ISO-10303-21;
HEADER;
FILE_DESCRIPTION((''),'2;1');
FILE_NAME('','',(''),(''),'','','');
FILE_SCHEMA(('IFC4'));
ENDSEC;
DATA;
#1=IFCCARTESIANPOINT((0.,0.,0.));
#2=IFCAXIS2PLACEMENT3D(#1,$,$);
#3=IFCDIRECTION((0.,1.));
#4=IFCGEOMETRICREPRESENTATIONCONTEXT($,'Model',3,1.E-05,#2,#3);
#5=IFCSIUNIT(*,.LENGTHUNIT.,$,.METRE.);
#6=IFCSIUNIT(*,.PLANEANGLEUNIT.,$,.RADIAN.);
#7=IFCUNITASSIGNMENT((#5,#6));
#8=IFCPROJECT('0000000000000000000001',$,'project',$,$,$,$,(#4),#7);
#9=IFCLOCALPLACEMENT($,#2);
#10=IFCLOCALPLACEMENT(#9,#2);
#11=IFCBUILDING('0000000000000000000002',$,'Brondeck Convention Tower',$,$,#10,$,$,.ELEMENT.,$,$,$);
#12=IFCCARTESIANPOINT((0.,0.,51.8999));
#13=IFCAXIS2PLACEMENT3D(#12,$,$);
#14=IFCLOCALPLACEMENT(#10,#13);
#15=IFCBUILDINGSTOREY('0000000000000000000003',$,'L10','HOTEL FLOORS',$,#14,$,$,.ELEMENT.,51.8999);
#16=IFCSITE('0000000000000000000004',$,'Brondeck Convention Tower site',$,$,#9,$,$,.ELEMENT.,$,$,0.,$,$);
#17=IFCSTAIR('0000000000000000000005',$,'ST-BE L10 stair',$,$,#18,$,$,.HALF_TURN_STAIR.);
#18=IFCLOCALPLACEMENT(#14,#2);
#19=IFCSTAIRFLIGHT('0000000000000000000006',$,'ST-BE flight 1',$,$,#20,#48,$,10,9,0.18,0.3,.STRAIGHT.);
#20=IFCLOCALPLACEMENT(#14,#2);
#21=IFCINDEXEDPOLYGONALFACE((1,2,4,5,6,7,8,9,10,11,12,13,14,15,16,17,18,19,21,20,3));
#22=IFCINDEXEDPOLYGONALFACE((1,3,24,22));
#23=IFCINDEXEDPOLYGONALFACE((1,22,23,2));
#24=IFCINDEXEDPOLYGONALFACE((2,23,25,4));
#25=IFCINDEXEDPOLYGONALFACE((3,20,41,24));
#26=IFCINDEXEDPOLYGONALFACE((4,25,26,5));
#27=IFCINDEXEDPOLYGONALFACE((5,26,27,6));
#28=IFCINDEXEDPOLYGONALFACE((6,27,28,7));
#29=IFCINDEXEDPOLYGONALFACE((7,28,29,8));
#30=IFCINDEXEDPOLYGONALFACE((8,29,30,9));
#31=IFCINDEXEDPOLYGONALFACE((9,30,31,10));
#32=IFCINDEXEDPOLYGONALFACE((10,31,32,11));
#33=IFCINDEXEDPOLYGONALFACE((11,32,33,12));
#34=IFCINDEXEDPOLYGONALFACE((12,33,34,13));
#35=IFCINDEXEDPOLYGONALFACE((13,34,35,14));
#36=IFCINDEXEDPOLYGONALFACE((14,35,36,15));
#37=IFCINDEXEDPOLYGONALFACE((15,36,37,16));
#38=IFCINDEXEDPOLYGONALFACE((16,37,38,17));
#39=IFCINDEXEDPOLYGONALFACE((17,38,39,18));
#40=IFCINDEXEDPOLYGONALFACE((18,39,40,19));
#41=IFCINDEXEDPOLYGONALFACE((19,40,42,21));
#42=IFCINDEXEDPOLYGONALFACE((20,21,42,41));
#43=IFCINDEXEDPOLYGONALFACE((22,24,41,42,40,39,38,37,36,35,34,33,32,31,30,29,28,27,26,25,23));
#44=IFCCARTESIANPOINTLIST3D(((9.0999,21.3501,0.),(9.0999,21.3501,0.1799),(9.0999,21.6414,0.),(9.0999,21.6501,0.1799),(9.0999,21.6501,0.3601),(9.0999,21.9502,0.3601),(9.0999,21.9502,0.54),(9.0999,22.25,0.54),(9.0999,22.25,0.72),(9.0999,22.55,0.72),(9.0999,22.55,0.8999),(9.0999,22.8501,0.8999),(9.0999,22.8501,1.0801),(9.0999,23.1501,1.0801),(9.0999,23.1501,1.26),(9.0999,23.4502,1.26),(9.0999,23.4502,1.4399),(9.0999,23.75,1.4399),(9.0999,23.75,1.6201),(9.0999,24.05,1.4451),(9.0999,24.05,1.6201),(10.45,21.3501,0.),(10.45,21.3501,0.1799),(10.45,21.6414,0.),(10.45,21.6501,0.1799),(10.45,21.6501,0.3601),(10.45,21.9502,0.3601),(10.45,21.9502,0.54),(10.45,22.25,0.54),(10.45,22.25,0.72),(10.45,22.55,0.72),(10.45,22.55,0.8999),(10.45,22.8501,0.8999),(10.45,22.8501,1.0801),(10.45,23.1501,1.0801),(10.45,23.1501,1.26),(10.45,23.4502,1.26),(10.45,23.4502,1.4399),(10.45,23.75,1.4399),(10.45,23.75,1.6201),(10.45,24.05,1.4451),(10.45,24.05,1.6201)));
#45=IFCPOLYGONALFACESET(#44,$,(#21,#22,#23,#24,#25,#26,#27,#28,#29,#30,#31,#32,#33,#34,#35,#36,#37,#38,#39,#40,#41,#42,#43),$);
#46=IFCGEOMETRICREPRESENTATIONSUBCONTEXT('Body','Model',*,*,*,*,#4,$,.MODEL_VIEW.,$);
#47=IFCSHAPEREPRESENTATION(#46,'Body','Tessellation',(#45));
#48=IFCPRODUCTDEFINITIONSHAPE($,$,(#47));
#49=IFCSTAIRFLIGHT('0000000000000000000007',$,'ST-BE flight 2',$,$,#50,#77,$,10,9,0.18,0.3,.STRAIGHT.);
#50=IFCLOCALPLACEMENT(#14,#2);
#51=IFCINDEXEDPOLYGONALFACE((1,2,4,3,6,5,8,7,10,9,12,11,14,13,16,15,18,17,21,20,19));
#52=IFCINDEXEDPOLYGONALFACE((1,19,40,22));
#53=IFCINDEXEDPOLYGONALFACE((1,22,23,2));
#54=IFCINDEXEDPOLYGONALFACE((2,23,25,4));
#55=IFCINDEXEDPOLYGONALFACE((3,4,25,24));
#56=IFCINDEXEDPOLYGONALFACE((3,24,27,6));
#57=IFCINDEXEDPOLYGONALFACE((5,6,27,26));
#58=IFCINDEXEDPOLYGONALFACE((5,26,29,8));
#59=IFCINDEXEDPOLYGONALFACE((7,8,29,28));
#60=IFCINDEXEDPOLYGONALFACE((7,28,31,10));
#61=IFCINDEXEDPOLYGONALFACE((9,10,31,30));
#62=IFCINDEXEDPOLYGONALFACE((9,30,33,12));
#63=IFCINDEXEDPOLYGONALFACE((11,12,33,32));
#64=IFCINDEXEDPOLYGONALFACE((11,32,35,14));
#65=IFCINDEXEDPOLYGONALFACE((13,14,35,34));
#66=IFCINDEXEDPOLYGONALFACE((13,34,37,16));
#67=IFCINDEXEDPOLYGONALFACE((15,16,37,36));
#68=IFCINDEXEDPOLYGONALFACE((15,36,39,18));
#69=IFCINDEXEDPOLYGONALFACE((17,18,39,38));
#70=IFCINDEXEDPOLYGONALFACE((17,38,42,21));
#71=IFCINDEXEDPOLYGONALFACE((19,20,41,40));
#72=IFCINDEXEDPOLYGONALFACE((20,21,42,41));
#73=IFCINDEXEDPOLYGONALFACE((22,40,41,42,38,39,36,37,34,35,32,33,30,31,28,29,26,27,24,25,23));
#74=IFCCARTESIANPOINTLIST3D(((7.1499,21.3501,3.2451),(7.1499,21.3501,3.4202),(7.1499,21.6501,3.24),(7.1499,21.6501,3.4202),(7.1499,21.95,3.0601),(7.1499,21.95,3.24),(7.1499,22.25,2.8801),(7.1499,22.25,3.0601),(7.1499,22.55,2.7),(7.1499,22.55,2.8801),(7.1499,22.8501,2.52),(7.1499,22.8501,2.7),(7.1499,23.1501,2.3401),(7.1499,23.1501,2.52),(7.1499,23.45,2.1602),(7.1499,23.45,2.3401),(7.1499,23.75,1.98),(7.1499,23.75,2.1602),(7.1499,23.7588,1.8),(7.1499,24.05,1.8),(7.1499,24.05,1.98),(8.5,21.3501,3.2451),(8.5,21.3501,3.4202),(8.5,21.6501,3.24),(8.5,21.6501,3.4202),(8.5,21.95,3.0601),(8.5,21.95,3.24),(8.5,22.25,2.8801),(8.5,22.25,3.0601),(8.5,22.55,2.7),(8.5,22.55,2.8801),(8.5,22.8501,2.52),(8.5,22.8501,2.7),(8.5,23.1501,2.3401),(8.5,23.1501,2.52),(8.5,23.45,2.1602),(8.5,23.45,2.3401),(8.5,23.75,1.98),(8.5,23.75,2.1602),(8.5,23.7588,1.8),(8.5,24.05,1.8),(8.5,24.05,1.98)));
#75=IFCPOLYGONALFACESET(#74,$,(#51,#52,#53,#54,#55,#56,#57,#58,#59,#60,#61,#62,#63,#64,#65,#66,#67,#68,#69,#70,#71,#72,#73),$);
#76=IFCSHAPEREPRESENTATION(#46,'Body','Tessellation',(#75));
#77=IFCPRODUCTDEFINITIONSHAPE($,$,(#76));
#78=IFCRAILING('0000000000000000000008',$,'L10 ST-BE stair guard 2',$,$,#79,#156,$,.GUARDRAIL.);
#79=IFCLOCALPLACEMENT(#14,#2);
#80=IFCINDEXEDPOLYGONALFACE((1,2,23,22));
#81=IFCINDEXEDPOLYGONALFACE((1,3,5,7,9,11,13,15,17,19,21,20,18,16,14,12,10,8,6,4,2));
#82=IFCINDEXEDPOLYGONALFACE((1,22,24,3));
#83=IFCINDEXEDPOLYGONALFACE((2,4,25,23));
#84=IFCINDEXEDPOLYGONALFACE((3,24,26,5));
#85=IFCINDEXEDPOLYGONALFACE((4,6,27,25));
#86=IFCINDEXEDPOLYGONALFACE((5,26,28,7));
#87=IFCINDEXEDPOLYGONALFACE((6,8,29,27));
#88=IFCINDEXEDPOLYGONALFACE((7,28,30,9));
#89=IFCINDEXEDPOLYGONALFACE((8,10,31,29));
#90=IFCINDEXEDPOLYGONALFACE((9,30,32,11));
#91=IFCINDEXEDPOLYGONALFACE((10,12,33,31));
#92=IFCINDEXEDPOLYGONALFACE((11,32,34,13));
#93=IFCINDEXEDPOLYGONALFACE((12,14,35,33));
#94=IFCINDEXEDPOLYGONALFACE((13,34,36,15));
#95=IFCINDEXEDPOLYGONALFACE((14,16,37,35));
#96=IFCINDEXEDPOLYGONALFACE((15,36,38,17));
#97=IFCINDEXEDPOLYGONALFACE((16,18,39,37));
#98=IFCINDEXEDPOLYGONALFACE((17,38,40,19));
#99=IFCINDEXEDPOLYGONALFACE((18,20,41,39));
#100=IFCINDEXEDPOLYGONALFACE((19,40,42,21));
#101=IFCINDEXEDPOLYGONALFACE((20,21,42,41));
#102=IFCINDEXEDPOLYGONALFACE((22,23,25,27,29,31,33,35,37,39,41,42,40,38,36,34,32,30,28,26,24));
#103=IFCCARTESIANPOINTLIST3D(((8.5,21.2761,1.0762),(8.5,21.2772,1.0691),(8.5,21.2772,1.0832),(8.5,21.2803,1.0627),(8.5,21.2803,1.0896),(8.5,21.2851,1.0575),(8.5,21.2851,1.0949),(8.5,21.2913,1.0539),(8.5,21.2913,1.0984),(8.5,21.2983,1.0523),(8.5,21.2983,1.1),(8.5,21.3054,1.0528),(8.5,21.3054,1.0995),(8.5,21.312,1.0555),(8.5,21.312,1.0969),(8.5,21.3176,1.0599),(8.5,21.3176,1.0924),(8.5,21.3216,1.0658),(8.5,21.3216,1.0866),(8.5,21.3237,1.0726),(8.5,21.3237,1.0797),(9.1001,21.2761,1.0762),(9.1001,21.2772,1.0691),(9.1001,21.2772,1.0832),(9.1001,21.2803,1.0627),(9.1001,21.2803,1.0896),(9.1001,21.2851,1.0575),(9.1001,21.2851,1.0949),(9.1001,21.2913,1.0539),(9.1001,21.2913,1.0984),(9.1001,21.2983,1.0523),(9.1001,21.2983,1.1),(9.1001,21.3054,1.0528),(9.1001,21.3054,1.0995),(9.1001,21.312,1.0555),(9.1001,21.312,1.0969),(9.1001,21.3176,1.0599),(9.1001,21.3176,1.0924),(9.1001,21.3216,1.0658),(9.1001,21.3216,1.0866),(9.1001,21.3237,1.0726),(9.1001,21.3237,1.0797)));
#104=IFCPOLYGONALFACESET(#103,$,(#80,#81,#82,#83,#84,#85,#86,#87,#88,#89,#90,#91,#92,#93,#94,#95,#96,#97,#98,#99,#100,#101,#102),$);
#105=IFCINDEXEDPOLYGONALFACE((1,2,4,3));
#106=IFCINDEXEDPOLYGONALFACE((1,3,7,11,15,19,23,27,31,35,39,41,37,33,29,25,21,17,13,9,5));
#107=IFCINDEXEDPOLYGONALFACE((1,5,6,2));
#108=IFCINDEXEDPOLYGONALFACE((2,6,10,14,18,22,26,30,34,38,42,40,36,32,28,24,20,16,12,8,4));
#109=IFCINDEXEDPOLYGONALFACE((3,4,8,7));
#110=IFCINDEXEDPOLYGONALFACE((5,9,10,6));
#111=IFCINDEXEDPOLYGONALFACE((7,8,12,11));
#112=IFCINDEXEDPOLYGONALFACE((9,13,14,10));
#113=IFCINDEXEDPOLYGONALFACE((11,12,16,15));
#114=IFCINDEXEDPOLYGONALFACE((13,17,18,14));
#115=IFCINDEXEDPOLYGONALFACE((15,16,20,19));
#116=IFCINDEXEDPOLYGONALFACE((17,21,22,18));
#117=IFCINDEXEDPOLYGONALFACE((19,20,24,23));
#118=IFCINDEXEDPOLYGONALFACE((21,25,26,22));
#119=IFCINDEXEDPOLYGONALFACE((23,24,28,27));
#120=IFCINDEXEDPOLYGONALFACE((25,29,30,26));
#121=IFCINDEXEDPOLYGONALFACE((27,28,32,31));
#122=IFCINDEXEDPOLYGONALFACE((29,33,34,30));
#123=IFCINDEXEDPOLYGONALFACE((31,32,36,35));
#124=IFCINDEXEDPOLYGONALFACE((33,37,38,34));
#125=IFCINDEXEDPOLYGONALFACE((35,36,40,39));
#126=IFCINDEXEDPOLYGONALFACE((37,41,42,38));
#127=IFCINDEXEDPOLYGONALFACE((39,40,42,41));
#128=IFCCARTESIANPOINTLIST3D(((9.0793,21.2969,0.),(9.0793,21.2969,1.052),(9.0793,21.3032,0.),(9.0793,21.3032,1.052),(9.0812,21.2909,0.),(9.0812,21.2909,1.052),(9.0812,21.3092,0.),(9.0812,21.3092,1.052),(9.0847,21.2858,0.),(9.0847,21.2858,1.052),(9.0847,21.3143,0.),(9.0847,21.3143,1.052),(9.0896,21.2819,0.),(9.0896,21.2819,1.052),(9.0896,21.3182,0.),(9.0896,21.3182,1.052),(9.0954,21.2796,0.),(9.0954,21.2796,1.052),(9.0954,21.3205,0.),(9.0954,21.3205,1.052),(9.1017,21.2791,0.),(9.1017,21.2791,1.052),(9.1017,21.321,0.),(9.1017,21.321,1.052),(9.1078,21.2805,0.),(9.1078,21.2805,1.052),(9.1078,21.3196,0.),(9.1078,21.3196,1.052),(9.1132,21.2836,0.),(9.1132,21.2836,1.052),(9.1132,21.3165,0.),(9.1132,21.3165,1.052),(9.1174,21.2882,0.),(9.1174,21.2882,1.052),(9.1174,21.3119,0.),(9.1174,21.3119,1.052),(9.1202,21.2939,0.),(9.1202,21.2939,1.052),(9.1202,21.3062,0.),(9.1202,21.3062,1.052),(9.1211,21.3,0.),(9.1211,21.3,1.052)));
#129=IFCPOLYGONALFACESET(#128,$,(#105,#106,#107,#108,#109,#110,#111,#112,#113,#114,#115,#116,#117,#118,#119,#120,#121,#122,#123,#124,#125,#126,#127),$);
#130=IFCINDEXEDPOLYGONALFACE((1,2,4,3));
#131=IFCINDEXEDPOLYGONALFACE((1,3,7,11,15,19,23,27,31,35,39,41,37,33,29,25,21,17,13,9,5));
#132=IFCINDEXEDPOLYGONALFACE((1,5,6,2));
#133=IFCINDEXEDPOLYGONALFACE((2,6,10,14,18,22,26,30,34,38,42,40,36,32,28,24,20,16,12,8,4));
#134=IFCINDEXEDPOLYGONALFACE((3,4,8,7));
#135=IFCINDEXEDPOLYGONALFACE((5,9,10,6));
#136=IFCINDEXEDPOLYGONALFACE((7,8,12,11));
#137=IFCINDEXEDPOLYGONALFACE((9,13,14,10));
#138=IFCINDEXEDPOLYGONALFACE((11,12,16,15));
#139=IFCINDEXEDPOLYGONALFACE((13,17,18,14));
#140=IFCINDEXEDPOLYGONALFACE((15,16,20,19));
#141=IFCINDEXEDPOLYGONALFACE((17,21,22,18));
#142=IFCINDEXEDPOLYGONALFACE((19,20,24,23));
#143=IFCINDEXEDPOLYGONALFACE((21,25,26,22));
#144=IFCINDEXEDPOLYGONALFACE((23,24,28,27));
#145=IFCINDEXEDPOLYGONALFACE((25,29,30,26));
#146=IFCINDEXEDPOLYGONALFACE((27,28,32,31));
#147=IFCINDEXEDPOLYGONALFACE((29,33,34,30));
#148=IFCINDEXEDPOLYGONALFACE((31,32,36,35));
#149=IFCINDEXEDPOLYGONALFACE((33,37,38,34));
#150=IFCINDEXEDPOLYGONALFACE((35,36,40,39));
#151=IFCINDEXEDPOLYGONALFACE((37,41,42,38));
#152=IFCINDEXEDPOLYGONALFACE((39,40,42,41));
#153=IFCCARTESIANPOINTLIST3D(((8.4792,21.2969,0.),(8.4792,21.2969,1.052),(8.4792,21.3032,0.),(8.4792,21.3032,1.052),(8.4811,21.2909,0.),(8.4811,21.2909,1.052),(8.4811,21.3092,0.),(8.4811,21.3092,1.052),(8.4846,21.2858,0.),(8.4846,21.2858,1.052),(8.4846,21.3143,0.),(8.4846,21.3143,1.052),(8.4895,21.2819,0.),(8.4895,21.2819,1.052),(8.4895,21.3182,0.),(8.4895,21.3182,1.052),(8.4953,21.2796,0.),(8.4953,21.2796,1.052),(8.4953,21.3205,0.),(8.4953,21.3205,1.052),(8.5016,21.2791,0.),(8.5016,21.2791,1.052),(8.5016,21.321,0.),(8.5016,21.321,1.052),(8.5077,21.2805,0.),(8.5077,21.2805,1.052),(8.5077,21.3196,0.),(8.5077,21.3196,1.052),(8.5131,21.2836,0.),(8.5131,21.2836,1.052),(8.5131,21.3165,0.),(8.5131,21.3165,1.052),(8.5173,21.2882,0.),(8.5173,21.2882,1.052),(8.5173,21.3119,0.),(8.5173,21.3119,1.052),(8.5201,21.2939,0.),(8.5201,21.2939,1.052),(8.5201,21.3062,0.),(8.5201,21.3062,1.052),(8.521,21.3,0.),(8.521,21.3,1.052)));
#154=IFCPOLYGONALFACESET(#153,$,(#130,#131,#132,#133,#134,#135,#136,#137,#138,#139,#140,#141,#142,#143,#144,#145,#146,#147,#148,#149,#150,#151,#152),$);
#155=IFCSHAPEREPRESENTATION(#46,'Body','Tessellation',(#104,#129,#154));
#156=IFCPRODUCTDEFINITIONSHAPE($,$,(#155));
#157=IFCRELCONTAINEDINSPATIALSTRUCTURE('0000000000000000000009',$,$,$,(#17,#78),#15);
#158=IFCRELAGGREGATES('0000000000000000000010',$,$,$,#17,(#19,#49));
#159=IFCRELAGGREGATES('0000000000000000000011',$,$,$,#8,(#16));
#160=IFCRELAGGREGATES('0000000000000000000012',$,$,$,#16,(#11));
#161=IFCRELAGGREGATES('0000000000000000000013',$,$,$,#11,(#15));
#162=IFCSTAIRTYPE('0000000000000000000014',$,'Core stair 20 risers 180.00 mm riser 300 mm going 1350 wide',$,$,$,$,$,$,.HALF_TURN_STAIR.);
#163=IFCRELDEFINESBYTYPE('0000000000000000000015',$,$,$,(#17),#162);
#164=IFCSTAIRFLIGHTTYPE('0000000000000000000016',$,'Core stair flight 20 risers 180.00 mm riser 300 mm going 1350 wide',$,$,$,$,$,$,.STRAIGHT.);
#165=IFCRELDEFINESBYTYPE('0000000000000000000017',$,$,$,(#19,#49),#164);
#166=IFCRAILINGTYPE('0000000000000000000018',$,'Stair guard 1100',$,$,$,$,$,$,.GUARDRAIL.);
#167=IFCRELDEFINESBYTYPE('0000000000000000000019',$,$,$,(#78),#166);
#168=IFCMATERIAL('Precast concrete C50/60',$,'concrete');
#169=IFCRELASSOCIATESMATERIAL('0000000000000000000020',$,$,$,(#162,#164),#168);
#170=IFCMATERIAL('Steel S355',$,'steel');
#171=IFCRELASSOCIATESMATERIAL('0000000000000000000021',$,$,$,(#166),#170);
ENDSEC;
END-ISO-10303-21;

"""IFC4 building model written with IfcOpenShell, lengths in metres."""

from ifc_helpers import new_model, si_unit, direction, frame, origin, origin_2d, place, context, subcontext, project, spatial, polyline, circle, outline, extrude, material, type_object, element, aggregate, save


model = new_model("IFC4")

# Units and contexts
model_context = context("Model", 3, precision=1e-05, world=origin(), true_north=direction((0.0, 1.0)))
body_context = subcontext(model_context, "Body", "Model", "MODEL_VIEW")
ifc_project = project(units=[si_unit("LENGTHUNIT", "METRE"), si_unit("PLANEANGLEUNIT", "RADIAN")], contexts=[model_context])

# Site, building, storey
site_placement = place(None, origin())
site = spatial("IfcSite", under=ifc_project, at=site_placement, Name="Brondeck Convention Tower site", CompositionType="ELEMENT", RefElevation=0.0)
building_placement = place(site_placement, origin())
building = spatial("IfcBuilding", under=site, at=building_placement, Name="Brondeck Convention Tower", CompositionType="ELEMENT")
storey_placement = place(building_placement, frame((0.0, 0.0, 51.8999)))
storey = spatial("IfcBuildingStorey", under=building, at=storey_placement, Name="L10", Description="HOTEL FLOORS", CompositionType="ELEMENT", Elevation=51.8999)

# Shared definitions
ifc_material_1 = material(Name="Steel S355", Category="steel")

# Stair, stair flights
ifc_material_2 = material(Name="Precast concrete C50/60", Category="concrete")
stair_type = type_object("IfcStairType", Name="Core stair 20 risers 180.00 mm riser 300 mm going 1350 wide", PredefinedType="HALF_TURN_STAIR", material=ifc_material_2)
stair_placement = place(storey_placement, origin())
stair = element("IfcStair", 1, at=stair_placement, inside=storey, type_object=stair_type, Name="ST-BE L10 stair", PredefinedType="HALF_TURN_STAIR")
stair_flight_type = type_object("IfcStairFlightType", Name="Core stair flight 20 risers 180.00 mm riser 300 mm going 1350 wide", PredefinedType="STRAIGHT", material=ifc_material_2)
stair_flight_1_placement = place(storey_placement, frame((9.7749, 21.3501, 0.0), z_axis=(0.0, 0.0, 1.0), x_axis=(0.0, 1.0, 0.0)))
stair_flight_1 = element("IfcStairFlight", 2, at=stair_flight_1_placement, type_object=stair_flight_type, Name="ST-BE flight 1", NumberOfRisers=10, NumberOfTreads=9, PredefinedType="STRAIGHT", RiserHeight=0.18, TreadLength=0.3, context=body_context, shape_type="SweptSolid", body=[
    extrude(outline(polyline([(0.0, 0.0), (0.0, 0.1799), (0.3, 0.1799), (0.3, 0.3601), (0.6001, 0.3601), (0.6001, 0.54), (0.8999, 0.54), (0.8999, 0.72), (1.2, 0.72), (1.2, 0.8999), (1.5, 0.8999), (1.5, 1.0801), (1.8, 1.0801), (1.8, 1.26), (2.1001, 1.26), (2.1001, 1.4399), (2.3999, 1.4399), (2.3999, 1.6201), (2.7, 1.6201), (2.7, 1.8), (2.7, 1.4451), (0.2913, 0.0), (0.0, 0.0)])), frame((0.0, 0.675, 0.0), z_axis=(0.0, -1.0, 0.0), x_axis=(1.0, 0.0, 0.0)), (0.0, 0.0, 1.0), 1.3501),
])
stair_flight_2_placement = place(storey_placement, frame((7.825, 24.05, 1.8), z_axis=(0.0, 0.0, 1.0), x_axis=(0.0, -1.0, 0.0)))
stair_flight_2 = element("IfcStairFlight", 3, at=stair_flight_2_placement, type_object=stair_flight_type, Name="ST-BE flight 2", NumberOfRisers=10, NumberOfTreads=9, PredefinedType="STRAIGHT", RiserHeight=0.18, TreadLength=0.3, context=body_context, shape_type="SweptSolid", body=[
    extrude(outline(polyline([(0.0, 0.0), (0.0, 0.1799), (0.3, 0.1799), (0.3, 0.3601), (0.6001, 0.3601), (0.6001, 0.54), (0.8999, 0.54), (0.8999, 0.72), (1.2, 0.72), (1.2, 0.8999), (1.5, 0.8999), (1.5, 1.0801), (1.8, 1.0801), (1.8, 1.26), (2.1001, 1.26), (2.1001, 1.4399), (2.3999, 1.4399), (2.3999, 1.6201), (2.7, 1.6201), (2.7, 1.8), (2.7, 1.4451), (0.2913, 0.0), (0.0, 0.0)])), frame((0.0, 0.675, 0.0), z_axis=(0.0, -1.0, 0.0), x_axis=(1.0, 0.0, 0.0)), (0.0, 0.0, 1.0), 1.3501),
])
aggregate(stair, [stair_flight_1, stair_flight_2])

# Railing
railing_type_1 = type_object("IfcRailingType", Name="Stair guard 1100", PredefinedType="GUARDRAIL", material=ifc_material_1)
railing_1_placement = place(storey_placement, frame((9.1001, 21.3, 0.0)))
element("IfcRailing", 4, at=railing_1_placement, inside=storey, type_object=railing_type_1, Name="L10 ST-BE stair guard 2", PredefinedType="GUARDRAIL", context=body_context, shape_type="SweptSolid", body=[
    extrude(circle(Radius=0.0239, at=origin_2d()), frame((0.0, 0.0, 1.0762), z_axis=(-1.0, 0.0, 0.0), x_axis=(0.0, -1.0, 0.0)), (0.0, 0.0, 1.0), 0.6001),
    extrude(circle(Radius=0.021, at=origin_2d()), origin(), (0.0, 0.0, 1.0), 1.052),
    extrude(circle(Radius=0.021, at=origin_2d()), frame((-0.6001, 0.0, 0.0)), (0.0, 0.0, 1.0), 1.052),
])

save(model, "model.ifc")
